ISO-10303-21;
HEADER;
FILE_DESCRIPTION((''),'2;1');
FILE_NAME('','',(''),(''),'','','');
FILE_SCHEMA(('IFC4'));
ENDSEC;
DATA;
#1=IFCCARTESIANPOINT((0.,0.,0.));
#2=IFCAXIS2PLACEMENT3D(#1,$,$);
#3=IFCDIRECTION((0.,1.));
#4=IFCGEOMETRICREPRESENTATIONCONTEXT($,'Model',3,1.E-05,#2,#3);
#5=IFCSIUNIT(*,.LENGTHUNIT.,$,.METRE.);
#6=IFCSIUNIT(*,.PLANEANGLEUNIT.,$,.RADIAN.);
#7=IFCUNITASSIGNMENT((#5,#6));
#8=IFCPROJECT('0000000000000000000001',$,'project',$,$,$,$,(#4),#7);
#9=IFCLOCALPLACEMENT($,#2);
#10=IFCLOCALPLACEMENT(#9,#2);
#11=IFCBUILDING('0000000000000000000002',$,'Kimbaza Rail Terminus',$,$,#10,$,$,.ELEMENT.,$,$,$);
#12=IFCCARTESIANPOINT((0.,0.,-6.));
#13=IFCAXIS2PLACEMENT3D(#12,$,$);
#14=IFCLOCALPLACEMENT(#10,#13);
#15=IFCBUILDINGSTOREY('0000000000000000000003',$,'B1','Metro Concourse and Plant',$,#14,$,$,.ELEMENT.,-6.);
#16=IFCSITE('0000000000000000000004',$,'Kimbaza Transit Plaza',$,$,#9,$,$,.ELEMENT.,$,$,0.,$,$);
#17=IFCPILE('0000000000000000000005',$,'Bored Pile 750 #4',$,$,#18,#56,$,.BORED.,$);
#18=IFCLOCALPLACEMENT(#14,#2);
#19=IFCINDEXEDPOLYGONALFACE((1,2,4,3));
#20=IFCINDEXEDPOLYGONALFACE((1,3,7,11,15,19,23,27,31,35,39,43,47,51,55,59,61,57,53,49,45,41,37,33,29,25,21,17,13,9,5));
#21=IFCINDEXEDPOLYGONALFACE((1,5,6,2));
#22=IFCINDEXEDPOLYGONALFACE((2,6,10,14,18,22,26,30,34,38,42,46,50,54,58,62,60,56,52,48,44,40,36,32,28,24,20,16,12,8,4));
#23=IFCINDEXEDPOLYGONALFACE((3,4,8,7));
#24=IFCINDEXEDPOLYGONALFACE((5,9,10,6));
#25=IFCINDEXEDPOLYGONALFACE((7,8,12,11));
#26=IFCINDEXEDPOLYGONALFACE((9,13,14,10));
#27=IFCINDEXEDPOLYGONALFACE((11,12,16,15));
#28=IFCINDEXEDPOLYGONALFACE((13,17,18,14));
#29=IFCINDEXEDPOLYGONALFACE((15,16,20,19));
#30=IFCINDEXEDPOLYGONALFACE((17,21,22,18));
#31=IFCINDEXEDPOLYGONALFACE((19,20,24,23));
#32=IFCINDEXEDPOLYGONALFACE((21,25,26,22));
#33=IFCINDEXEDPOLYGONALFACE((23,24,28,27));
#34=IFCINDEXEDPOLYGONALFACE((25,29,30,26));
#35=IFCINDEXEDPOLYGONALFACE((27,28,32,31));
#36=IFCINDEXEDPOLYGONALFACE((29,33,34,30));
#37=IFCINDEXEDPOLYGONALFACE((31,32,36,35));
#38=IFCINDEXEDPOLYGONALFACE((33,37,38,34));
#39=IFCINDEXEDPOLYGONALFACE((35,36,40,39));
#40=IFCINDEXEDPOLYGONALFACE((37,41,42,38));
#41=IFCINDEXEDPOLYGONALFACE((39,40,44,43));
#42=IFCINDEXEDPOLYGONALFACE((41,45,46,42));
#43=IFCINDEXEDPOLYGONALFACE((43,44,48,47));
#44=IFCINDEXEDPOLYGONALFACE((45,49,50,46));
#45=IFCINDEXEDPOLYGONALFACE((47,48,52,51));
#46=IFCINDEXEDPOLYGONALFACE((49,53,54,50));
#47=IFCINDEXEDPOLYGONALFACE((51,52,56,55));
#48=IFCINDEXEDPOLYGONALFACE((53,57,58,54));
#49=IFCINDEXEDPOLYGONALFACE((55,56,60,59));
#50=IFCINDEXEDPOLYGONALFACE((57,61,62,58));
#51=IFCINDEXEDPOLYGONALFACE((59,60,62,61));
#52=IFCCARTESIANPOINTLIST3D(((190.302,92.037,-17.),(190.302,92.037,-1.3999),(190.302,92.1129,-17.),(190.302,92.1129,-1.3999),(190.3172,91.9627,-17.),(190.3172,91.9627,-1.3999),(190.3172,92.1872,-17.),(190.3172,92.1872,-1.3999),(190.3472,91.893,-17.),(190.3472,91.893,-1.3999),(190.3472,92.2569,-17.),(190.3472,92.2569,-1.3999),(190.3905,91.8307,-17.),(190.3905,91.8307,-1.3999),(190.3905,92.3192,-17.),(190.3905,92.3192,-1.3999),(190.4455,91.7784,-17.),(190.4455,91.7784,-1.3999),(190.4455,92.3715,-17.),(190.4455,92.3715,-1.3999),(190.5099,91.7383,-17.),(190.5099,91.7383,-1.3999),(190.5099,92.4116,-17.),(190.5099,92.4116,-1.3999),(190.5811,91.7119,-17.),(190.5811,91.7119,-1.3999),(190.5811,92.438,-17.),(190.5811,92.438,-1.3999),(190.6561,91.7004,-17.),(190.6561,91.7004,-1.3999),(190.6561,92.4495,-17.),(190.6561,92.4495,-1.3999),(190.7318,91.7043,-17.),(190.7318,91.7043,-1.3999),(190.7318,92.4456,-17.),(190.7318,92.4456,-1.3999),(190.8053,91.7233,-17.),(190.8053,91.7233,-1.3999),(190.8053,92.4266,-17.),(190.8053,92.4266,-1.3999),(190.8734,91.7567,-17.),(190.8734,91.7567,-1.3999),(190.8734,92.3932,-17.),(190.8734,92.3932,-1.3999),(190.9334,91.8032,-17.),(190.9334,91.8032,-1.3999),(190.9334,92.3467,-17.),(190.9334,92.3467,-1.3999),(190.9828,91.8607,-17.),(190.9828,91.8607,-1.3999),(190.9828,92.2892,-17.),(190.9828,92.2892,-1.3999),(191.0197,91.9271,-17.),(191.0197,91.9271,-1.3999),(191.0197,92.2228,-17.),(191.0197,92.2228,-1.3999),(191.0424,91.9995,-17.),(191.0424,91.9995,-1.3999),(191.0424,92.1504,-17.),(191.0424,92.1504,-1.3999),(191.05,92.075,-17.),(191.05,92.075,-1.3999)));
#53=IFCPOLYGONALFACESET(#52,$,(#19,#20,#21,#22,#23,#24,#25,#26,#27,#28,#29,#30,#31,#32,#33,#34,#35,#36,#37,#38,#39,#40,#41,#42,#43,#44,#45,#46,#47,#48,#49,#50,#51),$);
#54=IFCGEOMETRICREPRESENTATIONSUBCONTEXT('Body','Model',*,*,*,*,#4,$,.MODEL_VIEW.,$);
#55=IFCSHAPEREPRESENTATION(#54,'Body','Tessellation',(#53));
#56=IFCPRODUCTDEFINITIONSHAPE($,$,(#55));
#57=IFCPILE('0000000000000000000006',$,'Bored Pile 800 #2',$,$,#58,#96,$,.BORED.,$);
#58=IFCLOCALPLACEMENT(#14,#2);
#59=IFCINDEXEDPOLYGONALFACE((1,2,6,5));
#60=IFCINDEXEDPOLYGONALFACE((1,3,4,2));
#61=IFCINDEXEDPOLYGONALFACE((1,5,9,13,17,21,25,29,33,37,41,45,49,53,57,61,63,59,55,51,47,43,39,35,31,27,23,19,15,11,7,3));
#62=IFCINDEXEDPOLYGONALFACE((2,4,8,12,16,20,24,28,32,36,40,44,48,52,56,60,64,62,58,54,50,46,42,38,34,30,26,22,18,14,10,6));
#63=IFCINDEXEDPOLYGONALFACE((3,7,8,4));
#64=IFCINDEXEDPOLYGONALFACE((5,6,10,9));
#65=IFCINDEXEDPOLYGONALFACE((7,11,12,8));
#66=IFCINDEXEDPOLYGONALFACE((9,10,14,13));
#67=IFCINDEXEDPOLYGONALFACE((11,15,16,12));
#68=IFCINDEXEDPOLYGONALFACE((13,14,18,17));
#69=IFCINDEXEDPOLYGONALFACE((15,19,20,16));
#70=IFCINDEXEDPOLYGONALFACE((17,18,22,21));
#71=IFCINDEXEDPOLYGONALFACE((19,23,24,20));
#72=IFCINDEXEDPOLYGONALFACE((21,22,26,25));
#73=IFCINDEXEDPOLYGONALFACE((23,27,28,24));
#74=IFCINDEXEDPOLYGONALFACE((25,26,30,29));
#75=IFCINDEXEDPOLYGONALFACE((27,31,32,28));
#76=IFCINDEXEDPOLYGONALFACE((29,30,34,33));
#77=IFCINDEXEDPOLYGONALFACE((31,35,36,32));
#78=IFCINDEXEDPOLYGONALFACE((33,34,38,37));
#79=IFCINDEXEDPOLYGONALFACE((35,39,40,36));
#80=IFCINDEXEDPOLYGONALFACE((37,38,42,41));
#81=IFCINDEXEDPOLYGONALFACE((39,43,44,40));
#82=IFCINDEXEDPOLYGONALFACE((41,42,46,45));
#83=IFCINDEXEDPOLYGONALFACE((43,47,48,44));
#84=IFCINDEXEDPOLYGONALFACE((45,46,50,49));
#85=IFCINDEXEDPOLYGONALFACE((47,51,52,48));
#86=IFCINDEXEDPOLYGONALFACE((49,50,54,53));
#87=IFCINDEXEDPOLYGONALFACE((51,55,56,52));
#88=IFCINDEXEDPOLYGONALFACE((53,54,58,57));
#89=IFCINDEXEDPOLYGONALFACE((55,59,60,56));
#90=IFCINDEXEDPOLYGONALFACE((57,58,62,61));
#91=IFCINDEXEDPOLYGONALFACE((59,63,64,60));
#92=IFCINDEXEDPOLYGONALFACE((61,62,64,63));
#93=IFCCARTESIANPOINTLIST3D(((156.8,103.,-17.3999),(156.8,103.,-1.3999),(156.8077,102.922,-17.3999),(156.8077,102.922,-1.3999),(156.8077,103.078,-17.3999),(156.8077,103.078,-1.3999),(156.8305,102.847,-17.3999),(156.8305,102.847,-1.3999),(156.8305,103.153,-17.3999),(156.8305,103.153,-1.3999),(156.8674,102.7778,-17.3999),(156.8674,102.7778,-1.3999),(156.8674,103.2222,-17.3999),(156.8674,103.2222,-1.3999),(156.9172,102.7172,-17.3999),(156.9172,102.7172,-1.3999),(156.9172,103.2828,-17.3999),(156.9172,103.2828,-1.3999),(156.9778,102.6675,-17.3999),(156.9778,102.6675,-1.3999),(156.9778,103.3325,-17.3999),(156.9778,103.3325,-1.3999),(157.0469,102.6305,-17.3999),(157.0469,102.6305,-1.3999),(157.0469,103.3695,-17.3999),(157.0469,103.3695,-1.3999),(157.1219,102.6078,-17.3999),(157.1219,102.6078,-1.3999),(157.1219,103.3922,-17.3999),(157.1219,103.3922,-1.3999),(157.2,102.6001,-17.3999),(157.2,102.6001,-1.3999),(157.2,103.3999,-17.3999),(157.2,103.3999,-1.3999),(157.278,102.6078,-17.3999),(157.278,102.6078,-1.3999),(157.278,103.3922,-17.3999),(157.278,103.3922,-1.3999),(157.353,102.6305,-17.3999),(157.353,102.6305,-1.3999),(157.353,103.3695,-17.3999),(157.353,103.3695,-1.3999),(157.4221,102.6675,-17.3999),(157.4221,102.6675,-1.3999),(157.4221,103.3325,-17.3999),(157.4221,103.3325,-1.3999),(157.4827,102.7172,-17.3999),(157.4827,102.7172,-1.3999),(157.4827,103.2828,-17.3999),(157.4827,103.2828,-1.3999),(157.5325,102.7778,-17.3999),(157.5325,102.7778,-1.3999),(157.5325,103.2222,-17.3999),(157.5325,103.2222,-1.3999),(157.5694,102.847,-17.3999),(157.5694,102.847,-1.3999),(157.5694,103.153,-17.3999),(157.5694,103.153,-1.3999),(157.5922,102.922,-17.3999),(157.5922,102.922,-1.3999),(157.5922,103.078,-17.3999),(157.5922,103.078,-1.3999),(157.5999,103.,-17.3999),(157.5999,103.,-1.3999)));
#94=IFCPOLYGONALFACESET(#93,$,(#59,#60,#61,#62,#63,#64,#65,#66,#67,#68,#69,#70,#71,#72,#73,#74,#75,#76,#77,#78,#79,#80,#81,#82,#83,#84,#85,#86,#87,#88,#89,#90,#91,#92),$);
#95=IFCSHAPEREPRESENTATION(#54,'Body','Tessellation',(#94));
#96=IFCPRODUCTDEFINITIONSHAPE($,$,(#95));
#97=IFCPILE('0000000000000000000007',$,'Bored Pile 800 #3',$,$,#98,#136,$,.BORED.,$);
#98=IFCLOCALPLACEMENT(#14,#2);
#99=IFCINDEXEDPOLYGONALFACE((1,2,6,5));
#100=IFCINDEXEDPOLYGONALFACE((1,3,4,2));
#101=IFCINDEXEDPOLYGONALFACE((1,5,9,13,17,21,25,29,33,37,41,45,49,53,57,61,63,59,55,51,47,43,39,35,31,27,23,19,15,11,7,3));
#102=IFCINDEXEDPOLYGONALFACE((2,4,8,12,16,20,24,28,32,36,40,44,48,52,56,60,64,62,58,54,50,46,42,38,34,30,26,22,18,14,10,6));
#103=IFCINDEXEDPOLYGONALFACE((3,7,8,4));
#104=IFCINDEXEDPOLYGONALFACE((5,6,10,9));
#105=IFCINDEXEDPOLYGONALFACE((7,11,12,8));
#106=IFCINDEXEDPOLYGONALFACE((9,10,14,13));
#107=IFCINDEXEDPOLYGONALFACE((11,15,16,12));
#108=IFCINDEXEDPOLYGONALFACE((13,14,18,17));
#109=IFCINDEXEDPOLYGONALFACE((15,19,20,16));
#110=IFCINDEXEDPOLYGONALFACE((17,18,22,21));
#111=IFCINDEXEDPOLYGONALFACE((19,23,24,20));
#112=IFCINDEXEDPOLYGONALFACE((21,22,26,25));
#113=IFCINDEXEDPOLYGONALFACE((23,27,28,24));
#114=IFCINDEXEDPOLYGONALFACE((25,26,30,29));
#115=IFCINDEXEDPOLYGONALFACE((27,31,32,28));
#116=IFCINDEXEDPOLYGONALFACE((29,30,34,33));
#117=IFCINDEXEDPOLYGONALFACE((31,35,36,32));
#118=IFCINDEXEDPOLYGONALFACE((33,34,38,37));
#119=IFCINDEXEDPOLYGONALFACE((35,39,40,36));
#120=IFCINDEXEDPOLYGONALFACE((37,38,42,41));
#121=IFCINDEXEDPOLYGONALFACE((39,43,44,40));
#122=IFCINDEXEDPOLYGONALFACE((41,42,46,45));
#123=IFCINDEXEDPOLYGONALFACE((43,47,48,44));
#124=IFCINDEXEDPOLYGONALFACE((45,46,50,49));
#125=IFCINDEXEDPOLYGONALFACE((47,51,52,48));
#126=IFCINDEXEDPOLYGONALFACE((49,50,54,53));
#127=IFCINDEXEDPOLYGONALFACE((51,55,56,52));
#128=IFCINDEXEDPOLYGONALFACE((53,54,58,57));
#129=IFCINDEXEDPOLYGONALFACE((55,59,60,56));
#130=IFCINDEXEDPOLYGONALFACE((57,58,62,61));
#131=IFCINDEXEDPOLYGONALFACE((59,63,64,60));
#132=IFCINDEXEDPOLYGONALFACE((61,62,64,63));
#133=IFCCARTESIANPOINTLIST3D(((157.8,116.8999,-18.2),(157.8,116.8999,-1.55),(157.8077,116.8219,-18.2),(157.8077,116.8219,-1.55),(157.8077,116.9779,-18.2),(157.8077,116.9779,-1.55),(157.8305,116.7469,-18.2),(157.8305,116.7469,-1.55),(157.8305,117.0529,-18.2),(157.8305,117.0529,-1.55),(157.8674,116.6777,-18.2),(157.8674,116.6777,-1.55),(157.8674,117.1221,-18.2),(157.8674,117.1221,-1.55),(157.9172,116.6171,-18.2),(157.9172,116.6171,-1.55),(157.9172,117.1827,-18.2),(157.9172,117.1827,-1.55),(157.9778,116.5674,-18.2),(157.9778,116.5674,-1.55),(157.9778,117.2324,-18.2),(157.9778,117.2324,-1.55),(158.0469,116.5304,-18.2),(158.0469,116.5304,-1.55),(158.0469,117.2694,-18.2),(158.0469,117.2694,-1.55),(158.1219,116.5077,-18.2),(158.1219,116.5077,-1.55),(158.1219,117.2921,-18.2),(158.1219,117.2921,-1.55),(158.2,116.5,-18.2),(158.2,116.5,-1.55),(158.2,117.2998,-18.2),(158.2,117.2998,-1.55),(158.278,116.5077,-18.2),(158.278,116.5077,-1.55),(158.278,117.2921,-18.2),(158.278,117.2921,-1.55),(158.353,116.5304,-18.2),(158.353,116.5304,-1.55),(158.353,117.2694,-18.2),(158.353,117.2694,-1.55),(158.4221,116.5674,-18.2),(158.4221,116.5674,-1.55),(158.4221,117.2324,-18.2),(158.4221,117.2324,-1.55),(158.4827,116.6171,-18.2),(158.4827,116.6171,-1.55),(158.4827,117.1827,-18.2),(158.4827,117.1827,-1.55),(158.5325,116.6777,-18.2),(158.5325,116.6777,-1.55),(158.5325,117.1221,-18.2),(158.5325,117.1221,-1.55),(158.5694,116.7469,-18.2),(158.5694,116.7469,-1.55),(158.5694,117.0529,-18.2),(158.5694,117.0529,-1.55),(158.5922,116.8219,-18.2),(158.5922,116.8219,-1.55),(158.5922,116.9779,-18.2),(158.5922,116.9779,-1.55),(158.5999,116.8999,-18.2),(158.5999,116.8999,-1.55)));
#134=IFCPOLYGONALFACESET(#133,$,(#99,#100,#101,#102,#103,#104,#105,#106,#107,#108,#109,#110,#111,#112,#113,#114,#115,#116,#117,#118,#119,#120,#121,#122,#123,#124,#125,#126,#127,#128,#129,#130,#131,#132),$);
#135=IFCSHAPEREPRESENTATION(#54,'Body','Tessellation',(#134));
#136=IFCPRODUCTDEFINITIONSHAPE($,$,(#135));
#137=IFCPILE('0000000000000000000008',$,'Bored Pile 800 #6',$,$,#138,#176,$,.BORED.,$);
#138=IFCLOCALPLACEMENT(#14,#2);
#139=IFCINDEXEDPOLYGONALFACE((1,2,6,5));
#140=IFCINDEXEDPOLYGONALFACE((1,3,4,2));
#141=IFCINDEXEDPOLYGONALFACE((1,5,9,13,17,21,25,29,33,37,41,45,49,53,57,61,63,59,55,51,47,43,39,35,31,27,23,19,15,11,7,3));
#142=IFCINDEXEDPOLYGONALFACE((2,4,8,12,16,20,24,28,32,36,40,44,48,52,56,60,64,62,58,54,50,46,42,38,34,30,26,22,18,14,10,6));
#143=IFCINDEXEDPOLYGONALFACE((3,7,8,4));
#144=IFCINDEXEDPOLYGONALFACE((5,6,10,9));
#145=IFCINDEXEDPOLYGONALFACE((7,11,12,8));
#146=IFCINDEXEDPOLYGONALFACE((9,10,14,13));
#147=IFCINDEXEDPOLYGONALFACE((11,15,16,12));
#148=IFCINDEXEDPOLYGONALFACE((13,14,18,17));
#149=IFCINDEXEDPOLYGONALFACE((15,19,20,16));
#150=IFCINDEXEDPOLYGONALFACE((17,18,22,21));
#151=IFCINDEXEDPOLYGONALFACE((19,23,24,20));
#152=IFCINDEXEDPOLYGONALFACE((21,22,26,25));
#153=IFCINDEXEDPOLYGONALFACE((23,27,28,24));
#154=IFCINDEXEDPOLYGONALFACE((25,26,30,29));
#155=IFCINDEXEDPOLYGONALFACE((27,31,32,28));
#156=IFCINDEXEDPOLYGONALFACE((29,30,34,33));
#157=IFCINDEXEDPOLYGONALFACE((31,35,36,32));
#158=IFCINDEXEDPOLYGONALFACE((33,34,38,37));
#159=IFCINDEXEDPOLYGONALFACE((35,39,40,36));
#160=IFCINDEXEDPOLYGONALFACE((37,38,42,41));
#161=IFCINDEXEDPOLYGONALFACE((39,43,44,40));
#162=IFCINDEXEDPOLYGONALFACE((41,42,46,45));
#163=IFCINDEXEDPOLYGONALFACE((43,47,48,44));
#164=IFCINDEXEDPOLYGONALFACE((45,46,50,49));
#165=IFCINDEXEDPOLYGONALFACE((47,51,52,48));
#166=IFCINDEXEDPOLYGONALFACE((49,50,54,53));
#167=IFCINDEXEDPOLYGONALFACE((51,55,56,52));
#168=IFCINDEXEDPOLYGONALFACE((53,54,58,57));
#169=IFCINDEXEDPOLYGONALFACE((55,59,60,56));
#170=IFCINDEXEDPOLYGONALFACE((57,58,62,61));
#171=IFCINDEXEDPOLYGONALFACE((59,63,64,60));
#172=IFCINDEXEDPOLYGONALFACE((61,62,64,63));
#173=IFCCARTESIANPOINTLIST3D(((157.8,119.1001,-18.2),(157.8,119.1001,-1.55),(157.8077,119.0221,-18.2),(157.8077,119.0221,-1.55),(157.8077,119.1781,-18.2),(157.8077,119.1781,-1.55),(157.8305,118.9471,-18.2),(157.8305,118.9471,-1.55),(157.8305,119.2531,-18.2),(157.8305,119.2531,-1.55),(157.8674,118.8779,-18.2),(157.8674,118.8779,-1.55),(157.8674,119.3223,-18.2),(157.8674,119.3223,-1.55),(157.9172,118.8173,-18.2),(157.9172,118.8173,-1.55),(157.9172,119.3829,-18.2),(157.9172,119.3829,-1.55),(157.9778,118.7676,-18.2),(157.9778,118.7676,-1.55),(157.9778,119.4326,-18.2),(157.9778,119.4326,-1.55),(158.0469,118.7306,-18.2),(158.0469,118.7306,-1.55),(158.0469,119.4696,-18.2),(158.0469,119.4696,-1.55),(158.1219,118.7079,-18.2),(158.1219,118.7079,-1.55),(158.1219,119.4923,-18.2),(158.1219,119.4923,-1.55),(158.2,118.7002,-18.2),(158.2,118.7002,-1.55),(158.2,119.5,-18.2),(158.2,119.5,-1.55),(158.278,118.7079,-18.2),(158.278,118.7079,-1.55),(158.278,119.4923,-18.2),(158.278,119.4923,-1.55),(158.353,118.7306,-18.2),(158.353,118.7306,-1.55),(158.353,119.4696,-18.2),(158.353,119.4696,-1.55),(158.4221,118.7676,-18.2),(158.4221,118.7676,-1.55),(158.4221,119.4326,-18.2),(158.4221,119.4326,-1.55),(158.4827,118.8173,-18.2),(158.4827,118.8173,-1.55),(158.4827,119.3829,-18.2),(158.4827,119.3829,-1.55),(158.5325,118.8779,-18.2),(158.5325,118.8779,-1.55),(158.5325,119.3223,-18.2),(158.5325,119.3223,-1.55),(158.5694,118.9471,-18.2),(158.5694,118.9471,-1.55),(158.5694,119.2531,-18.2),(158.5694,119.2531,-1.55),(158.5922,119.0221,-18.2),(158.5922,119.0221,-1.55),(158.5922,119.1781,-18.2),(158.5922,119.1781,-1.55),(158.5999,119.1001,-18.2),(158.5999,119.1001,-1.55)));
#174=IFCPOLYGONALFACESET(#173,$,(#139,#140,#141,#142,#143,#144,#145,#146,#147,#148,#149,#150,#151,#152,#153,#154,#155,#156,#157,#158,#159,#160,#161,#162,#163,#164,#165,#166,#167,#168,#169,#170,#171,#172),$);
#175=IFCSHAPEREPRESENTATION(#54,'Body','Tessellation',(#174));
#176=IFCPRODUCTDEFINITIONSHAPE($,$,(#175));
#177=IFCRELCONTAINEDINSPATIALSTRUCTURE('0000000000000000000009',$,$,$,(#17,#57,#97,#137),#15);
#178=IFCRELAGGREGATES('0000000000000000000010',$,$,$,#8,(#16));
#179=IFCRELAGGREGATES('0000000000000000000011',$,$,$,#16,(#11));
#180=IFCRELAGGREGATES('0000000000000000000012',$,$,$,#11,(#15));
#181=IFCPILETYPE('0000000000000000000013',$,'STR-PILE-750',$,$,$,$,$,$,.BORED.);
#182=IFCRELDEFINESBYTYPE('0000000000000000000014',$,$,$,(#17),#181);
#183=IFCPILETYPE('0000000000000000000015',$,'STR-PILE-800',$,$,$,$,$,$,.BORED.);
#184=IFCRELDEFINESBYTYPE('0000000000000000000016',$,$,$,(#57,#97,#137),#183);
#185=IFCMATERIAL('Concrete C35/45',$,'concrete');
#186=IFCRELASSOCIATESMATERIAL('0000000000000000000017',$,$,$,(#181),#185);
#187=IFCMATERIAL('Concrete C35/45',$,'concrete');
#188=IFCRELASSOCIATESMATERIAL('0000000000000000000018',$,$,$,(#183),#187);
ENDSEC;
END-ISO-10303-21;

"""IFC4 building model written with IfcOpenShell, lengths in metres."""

from ifc_helpers import new_model, si_unit, direction, frame, origin, origin_2d, place, context, subcontext, project, spatial, circle, extrude, material, material_profile, profile_set, type_object, element, save


model = new_model("IFC4")

# Units and contexts
model_context = context("Model", 3, precision=1e-05, world=origin(), true_north=direction((0.0, 1.0)))
body_context = subcontext(model_context, "Body", "Model", "MODEL_VIEW")
ifc_project = project(units=[si_unit("LENGTHUNIT", "METRE"), si_unit("PLANEANGLEUNIT", "RADIAN")], contexts=[model_context])

# Site, building, storey
site_placement = place(None, origin())
site = spatial("IfcSite", under=ifc_project, at=site_placement, Name="Kimbaza Transit Plaza", CompositionType="ELEMENT", RefElevation=0.0)
building_placement = place(site_placement, origin())
building = spatial("IfcBuilding", under=site, at=building_placement, Name="Kimbaza Rail Terminus", CompositionType="ELEMENT")
storey_placement = place(building_placement, frame((0.0, 0.0, -6.0)))
storey = spatial("IfcBuildingStorey", under=building, at=storey_placement, Name="B1", Description="Metro Concourse and Plant", CompositionType="ELEMENT", Elevation=-6.0)

# Piles
ifc_material_1 = material(Name="Concrete C35/45", Category="concrete")
ifc_material_profile_1 = material_profile(ifc_material_1, circle(Radius=0.375, at=origin_2d()), Name="BORED PILE 750")
ifc_profile_set_1 = profile_set([ifc_material_profile_1], Name="Concrete C35/45")
pile_type_1 = type_object("IfcPileType", Name="STR-PILE-750", PredefinedType="BORED", material=ifc_profile_set_1)
for number, where, z_axis, x_axis, name in (
    (1, (190.675, 92.075, -1.3999), (0.0, 0.0, -1.0), (1.0, 0.0, 0.0), "Bored Pile 750 #4"),
):
    element("IfcPile", number, at=place(storey_placement, frame(where, z_axis=z_axis, x_axis=x_axis)), inside=storey, type_object=pile_type_1, Name=name, PredefinedType="BORED", context=body_context, shape_type="SweptSolid", body=[
        extrude(circle(Radius=0.375, at=origin_2d()), origin(), (0.0, 0.0, 1.0), 15.6001),
    ])
ifc_material_2 = material(Name="Concrete C35/45", Category="concrete")
ifc_material_profile_2 = material_profile(ifc_material_2, circle(Radius=0.3999, at=origin_2d()), Name="BORED PILE 800")
ifc_profile_set_2 = profile_set([ifc_material_profile_2], Name="Concrete C35/45")
pile_type_2 = type_object("IfcPileType", Name="STR-PILE-800", PredefinedType="BORED", material=ifc_profile_set_2)
pile_1_placement = place(storey_placement, frame((157.2, 103.0, -1.3999), z_axis=(0.0, 0.0, -1.0), x_axis=(1.0, 0.0, 0.0)))
element("IfcPile", 2, at=pile_1_placement, inside=storey, type_object=pile_type_2, Name="Bored Pile 800 #2", PredefinedType="BORED", context=body_context, shape_type="SweptSolid", body=[
    extrude(circle(Radius=0.3999, at=origin_2d()), origin(), (0.0, 0.0, 1.0), 16.0),
])
for number, where, z_axis, x_axis, name in (
    (3, (158.2, 116.8999, -1.55), (0.0, 0.0, -1.0), (1.0, 0.0, 0.0), "Bored Pile 800 #3"),
    (4, (158.2, 119.1001, -1.55), (0.0, 0.0, -1.0), (1.0, 0.0, 0.0), "Bored Pile 800 #6"),
):
    element("IfcPile", number, at=place(storey_placement, frame(where, z_axis=z_axis, x_axis=x_axis)), inside=storey, type_object=pile_type_2, Name=name, PredefinedType="BORED", context=body_context, shape_type="SweptSolid", body=[
        extrude(circle(Radius=0.3999, at=origin_2d()), origin(), (0.0, 0.0, 1.0), 16.6499),
    ])

save(model, "model.ifc")
